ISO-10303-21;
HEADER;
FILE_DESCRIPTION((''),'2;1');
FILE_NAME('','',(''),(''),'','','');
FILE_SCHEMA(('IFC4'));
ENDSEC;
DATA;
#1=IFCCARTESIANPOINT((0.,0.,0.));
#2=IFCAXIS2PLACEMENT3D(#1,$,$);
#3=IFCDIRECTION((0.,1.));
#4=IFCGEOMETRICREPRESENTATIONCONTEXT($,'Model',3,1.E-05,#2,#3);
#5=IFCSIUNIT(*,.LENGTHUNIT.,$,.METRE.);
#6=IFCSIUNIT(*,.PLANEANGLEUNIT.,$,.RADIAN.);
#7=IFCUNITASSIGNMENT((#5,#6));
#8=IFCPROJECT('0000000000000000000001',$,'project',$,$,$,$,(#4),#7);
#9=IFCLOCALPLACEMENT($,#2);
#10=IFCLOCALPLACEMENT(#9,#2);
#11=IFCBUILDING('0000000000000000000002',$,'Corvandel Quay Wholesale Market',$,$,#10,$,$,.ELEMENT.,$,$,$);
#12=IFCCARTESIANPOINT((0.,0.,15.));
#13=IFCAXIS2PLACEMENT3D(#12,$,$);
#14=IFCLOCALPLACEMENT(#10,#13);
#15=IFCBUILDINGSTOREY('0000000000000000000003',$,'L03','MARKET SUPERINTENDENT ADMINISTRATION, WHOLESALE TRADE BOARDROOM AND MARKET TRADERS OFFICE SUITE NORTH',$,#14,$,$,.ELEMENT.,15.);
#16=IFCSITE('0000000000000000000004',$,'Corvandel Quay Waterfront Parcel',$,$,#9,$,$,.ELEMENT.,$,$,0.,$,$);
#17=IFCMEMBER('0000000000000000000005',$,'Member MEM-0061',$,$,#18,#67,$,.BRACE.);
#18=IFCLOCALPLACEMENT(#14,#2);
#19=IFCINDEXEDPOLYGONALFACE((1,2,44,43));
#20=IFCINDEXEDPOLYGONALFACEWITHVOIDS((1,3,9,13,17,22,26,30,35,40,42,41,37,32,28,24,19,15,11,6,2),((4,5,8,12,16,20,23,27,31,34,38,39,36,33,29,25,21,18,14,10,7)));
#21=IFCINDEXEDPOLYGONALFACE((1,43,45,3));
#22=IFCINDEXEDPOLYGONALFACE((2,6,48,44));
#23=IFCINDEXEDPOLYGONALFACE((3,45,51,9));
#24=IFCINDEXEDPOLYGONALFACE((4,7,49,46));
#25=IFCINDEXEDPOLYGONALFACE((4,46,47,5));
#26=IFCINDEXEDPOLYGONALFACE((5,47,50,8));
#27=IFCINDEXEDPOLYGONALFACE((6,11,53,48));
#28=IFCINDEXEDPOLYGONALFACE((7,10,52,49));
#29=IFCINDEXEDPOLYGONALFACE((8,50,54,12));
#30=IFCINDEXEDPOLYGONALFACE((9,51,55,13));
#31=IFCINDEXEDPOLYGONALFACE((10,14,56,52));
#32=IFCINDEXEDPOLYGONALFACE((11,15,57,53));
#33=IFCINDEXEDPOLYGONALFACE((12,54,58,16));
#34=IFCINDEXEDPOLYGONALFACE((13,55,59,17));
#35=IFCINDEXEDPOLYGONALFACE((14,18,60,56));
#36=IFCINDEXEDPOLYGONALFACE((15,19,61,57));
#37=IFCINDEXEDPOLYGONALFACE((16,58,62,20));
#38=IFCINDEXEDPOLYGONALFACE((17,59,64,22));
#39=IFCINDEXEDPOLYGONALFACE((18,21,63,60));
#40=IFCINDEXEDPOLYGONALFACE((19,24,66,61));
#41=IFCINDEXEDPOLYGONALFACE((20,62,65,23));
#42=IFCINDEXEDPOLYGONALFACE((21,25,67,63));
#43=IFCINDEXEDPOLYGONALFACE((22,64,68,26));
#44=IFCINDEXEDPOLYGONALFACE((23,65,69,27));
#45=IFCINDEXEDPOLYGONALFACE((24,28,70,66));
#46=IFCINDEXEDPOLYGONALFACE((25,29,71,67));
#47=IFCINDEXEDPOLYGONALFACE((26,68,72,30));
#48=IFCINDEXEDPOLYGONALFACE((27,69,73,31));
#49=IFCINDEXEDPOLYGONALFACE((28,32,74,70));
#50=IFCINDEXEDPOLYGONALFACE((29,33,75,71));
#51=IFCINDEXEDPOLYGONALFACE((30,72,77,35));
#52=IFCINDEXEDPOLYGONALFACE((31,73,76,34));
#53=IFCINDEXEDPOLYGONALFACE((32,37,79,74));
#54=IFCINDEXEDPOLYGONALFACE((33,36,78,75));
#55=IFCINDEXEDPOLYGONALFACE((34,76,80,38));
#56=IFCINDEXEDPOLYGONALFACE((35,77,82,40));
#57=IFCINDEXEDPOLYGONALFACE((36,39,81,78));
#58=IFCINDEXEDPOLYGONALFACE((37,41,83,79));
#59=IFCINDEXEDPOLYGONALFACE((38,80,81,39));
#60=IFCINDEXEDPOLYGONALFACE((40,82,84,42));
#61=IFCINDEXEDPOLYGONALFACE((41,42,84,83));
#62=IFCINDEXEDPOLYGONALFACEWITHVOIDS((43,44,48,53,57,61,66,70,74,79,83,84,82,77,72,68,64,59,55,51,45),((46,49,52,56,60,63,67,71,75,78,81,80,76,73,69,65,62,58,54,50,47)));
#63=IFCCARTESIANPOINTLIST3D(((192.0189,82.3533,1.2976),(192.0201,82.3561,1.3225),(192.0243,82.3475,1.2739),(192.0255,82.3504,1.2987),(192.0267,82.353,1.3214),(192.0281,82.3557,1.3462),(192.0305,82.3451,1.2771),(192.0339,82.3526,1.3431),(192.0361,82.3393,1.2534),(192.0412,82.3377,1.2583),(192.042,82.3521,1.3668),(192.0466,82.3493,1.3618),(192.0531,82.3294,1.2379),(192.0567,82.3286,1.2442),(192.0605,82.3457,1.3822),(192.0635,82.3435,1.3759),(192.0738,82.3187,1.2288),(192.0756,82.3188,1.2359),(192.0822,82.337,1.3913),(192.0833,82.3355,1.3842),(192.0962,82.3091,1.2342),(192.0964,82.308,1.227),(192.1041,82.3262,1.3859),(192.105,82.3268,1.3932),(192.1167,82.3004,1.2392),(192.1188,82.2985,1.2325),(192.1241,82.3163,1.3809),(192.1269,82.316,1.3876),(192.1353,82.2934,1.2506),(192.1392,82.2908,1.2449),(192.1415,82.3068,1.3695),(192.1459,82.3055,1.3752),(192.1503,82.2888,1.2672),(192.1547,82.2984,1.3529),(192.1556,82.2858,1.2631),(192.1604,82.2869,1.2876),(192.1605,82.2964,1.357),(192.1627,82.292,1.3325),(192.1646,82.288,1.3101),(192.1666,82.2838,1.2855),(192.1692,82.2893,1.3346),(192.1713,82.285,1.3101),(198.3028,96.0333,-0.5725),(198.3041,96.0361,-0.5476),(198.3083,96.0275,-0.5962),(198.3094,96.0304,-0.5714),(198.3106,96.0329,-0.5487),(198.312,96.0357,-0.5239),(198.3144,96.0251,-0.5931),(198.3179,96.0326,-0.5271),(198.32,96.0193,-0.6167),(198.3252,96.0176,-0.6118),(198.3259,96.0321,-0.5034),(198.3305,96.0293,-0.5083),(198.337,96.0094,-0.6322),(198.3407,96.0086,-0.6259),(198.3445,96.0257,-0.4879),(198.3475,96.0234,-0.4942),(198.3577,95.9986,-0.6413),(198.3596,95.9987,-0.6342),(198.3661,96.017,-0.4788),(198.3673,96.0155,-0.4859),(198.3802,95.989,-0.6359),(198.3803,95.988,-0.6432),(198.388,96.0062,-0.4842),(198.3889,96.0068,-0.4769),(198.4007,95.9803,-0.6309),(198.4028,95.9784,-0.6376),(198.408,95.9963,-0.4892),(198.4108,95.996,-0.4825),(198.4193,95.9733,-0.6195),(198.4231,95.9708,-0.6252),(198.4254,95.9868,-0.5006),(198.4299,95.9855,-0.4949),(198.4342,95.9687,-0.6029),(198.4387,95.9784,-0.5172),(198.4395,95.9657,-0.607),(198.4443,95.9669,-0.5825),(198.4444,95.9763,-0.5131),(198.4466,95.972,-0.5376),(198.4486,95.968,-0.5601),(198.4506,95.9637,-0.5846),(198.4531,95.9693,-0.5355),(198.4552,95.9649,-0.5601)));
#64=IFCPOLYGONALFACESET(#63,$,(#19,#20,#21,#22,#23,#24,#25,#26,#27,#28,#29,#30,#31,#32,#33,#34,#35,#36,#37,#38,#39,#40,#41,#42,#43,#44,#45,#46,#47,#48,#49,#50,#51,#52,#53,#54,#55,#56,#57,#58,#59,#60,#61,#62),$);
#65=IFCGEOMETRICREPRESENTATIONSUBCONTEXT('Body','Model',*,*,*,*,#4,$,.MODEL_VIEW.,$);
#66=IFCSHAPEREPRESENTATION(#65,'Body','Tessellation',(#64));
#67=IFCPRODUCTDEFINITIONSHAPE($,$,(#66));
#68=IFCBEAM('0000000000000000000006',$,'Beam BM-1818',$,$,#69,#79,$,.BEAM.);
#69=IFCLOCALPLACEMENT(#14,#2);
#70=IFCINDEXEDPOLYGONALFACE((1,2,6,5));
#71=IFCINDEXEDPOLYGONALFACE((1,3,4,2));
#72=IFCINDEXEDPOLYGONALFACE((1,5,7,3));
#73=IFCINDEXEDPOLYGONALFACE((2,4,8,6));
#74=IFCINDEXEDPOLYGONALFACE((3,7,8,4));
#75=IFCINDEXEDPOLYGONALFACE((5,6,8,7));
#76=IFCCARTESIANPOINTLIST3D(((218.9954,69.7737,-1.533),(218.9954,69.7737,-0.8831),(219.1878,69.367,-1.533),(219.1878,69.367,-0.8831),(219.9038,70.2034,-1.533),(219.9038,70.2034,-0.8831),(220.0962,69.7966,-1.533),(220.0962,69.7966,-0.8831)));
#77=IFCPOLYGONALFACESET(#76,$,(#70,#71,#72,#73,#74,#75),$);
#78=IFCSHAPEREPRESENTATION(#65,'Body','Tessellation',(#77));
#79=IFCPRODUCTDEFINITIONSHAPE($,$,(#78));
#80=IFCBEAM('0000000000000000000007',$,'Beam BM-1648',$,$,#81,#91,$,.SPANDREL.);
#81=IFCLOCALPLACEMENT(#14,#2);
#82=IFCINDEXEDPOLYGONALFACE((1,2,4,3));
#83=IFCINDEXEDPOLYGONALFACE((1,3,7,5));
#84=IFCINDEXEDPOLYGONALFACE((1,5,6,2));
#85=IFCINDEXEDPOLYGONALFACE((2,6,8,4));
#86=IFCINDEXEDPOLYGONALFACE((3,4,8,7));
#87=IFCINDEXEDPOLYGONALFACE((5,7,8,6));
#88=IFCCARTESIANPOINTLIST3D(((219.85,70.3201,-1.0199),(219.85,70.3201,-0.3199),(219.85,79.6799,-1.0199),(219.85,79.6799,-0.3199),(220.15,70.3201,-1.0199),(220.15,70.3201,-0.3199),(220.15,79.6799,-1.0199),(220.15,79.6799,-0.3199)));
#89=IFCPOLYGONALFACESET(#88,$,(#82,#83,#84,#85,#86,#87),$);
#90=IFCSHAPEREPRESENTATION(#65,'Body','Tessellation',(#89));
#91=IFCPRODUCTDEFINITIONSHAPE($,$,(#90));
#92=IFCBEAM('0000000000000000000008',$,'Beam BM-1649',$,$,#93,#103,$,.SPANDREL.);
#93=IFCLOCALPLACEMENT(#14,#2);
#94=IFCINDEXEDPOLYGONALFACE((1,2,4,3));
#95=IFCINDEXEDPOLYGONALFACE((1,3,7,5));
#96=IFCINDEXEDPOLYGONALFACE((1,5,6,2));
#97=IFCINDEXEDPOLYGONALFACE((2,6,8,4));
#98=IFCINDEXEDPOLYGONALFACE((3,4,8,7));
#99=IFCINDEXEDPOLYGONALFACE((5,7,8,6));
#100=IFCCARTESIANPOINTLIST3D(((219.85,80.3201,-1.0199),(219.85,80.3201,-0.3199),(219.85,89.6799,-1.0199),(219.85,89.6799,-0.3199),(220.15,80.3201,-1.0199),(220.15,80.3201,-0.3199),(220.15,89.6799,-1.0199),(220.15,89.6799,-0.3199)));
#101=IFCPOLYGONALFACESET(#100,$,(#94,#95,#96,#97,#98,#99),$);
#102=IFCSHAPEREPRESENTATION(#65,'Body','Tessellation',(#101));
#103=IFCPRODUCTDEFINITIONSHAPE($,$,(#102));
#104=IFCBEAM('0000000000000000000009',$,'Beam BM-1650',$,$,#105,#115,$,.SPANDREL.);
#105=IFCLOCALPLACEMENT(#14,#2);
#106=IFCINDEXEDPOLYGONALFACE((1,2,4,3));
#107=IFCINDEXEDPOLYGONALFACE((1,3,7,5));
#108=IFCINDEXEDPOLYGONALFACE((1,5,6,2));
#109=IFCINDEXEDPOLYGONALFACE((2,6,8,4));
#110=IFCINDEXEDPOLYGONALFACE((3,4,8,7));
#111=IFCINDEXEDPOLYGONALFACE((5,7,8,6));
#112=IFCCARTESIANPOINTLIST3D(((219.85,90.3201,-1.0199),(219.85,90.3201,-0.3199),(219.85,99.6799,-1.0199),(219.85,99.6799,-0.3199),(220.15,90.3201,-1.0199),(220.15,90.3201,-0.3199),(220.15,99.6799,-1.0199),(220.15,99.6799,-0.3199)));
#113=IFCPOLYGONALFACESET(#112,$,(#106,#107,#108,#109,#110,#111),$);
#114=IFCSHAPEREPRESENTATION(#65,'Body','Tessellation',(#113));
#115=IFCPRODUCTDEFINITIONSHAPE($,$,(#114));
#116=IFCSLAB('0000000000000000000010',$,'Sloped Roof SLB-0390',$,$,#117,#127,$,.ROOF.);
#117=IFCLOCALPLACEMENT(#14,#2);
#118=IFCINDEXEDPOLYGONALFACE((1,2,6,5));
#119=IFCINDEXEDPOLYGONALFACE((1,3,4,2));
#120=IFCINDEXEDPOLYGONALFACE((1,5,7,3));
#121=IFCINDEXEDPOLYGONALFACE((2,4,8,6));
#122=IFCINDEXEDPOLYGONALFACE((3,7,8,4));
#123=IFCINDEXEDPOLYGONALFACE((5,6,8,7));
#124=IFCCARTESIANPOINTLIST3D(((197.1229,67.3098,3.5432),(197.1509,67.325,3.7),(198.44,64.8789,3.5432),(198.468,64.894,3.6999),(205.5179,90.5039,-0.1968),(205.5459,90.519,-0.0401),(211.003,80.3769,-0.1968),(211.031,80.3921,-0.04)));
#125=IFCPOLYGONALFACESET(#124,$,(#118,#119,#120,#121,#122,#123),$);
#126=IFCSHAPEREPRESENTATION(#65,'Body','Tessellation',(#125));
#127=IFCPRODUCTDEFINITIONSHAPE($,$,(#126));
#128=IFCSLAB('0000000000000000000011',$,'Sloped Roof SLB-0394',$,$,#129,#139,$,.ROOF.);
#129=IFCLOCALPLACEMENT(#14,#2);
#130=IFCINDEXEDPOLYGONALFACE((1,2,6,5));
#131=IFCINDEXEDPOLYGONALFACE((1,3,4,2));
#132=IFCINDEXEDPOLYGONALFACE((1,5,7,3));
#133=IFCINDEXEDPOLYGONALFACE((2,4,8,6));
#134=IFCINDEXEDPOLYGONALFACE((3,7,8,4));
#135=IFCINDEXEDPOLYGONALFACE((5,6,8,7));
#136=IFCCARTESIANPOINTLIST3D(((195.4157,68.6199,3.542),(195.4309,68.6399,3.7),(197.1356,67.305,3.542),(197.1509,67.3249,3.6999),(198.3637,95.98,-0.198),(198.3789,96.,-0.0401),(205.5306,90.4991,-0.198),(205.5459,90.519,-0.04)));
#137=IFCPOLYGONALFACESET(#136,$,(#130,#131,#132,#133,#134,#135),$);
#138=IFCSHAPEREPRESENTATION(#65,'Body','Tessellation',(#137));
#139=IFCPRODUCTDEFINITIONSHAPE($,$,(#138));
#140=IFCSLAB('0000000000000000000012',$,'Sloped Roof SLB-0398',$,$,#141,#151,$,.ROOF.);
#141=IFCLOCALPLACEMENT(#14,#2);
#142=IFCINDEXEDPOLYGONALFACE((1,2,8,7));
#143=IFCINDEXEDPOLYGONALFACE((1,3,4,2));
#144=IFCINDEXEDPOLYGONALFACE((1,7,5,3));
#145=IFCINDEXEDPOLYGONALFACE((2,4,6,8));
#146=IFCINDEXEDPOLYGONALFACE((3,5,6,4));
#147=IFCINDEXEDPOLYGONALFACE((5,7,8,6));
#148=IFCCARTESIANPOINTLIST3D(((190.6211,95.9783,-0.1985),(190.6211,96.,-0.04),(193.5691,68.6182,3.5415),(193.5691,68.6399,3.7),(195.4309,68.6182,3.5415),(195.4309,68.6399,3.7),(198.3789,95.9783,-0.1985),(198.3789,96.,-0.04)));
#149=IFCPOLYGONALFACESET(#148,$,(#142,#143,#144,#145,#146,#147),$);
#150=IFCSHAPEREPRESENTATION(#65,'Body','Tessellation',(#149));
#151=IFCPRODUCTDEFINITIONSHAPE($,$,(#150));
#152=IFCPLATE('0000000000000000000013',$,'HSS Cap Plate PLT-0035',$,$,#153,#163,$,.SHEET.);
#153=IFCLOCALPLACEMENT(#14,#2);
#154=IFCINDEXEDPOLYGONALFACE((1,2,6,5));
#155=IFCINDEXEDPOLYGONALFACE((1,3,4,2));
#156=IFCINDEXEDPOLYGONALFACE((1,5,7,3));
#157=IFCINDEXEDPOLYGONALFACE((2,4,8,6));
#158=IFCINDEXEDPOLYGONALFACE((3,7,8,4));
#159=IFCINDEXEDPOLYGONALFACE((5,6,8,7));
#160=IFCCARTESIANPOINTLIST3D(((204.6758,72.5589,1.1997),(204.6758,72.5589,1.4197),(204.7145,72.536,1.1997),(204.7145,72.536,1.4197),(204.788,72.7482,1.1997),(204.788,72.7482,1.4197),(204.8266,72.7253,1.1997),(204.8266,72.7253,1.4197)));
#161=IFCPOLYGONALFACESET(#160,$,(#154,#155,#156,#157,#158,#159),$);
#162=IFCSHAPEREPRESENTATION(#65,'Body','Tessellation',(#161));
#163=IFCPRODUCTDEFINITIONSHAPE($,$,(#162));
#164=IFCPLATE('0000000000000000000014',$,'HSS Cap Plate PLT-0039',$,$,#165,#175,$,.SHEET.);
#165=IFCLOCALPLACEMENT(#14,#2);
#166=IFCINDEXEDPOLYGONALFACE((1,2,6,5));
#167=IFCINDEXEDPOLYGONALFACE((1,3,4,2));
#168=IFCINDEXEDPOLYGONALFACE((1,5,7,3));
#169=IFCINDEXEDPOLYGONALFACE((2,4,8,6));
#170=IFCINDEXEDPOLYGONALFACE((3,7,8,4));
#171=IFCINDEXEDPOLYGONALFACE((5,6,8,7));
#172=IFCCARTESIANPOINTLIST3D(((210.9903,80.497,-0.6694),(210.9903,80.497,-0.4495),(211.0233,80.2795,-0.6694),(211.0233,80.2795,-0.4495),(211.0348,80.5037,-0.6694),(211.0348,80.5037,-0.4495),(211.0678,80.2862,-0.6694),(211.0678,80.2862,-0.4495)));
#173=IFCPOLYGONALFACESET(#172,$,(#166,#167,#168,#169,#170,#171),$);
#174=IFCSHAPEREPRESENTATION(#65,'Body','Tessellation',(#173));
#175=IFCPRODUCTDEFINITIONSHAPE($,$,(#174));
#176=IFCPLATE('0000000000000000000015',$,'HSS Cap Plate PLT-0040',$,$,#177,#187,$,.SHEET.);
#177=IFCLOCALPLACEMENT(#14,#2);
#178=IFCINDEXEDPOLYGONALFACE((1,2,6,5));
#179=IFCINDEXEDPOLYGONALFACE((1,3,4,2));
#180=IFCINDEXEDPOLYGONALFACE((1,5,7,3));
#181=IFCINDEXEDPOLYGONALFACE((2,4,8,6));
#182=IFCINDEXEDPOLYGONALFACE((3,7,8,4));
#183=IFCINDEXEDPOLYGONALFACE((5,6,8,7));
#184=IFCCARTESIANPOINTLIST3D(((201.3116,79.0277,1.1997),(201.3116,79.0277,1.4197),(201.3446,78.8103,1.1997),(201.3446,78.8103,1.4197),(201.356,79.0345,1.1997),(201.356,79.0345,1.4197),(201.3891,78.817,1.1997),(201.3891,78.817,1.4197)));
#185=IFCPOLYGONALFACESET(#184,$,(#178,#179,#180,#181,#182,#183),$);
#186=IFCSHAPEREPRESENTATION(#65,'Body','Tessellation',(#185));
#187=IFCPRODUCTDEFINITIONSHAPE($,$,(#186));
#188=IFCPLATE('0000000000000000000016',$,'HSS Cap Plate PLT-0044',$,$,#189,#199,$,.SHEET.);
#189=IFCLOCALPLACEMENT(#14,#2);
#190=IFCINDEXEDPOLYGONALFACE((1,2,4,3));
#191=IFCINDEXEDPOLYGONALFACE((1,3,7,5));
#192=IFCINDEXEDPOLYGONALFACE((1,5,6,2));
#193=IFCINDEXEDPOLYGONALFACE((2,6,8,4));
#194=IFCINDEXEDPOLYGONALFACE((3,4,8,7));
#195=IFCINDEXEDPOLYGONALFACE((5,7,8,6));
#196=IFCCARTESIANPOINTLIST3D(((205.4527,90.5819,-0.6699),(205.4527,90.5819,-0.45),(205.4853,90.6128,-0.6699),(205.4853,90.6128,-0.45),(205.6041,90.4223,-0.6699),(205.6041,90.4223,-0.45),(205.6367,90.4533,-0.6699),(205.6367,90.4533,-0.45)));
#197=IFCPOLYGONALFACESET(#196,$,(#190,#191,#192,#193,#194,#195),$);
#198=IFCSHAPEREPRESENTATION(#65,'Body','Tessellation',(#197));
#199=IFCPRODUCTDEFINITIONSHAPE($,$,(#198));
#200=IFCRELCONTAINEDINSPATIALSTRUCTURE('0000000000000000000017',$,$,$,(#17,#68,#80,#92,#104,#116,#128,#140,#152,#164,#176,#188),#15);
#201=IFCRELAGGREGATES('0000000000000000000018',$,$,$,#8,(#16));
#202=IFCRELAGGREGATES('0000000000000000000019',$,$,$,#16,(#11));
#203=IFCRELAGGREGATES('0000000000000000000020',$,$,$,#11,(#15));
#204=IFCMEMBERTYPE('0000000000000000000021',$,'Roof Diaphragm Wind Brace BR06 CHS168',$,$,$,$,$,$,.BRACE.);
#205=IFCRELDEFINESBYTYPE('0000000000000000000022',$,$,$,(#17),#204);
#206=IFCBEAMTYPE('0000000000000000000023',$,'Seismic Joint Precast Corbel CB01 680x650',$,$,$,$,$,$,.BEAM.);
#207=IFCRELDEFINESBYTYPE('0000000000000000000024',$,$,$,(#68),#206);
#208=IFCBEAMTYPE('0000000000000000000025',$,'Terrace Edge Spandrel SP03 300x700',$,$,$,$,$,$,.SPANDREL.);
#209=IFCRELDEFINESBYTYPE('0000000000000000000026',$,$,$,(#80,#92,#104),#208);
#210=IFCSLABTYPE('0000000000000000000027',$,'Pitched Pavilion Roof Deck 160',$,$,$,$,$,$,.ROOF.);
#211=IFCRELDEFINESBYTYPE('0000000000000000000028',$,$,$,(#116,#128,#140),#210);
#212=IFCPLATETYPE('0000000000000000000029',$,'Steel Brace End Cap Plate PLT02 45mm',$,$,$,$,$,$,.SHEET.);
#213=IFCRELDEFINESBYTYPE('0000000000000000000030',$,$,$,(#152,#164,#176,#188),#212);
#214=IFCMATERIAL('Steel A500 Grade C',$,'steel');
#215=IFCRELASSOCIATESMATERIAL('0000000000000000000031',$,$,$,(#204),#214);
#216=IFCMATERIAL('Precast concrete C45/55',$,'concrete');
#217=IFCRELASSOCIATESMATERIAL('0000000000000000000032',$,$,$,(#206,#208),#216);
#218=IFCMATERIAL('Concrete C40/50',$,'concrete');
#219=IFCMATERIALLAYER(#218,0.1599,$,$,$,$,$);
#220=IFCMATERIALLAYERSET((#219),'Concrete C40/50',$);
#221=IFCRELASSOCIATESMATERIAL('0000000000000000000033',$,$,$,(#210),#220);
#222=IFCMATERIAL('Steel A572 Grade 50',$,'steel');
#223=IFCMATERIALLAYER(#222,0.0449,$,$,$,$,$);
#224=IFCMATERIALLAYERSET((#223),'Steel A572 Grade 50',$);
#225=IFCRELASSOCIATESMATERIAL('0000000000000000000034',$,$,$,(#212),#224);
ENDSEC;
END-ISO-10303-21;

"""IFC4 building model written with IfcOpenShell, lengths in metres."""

from ifc_helpers import new_model, si_unit, direction, frame, origin, origin_2d, place, context, subcontext, project, spatial, polyline, rectangle, hollow_circle, outline, extrude, material, layer, layer_set, material_profile, profile_set, type_object, element, save


model = new_model("IFC4")

# Units and contexts
model_context = context("Model", 3, precision=1e-05, world=origin(), true_north=direction((0.0, 1.0)))
body_context = subcontext(model_context, "Body", "Model", "MODEL_VIEW")
ifc_project = project(units=[si_unit("LENGTHUNIT", "METRE"), si_unit("PLANEANGLEUNIT", "RADIAN")], contexts=[model_context])

# Site, building, storey
site_placement = place(None, origin())
site = spatial("IfcSite", under=ifc_project, at=site_placement, Name="Corvandel Quay Waterfront Parcel", CompositionType="ELEMENT", RefElevation=0.0)
building_placement = place(site_placement, origin())
building = spatial("IfcBuilding", under=site, at=building_placement, Name="Corvandel Quay Wholesale Market", CompositionType="ELEMENT")
storey_placement = place(building_placement, frame((0.0, 0.0, 15.0)))
storey = spatial("IfcBuildingStorey", under=building, at=storey_placement, Name="L03", Description="MARKET SUPERINTENDENT ADMINISTRATION, WHOLESALE TRADE BOARDROOM AND MARKET TRADERS OFFICE SUITE NORTH", CompositionType="ELEMENT", Elevation=15.0)

# Shared definitions
ifc_material_1 = material(Name="Precast concrete C45/55", Category="concrete")

# Shared definitions
ifc_material_2 = material(Name="Steel A500 Grade C", Category="steel")

# Member
ifc_material_profile_1 = material_profile(ifc_material_2, hollow_circle(Radius=0.084, WallThickness=0.0073, at=origin_2d()), Name="HSS6.625X0.312")
ifc_profile_set_1 = profile_set([ifc_material_profile_1], Name="Steel A500 Grade C")
member_type_1 = type_object("IfcMemberType", Name="Roof Diaphragm Wind Brace BR06 CHS168", PredefinedType="BRACE", material=ifc_profile_set_1)
member_1_placement = place(storey_placement, frame((198.3789, 96.0, -0.5601), z_axis=(-0.414237, -0.901782, 0.123278), x_axis=(0.908713, -0.417421, 0.0)))
element("IfcMember", 1, at=member_1_placement, inside=storey, type_object=member_type_1, Name="Member MEM-0061", PredefinedType="BRACE", context=body_context, shape_type="SweptSolid", body=[
    extrude(hollow_circle(Radius=0.084, WallThickness=0.0073, at=origin_2d()), origin(), (0.0, 0.0, 1.0), 15.1699),
])

# Beams
ifc_material_profile_2 = material_profile(ifc_material_1, rectangle(XDim=0.45, YDim=0.6499, at=origin_2d()), Name="PC-COR-680x650")
ifc_profile_set_2 = profile_set([ifc_material_profile_2], Name="Precast concrete C45/55")
beam_type_1 = type_object("IfcBeamType", Name="Seismic Joint Precast Corbel CB01 680x650", PredefinedType="BEAM", material=ifc_profile_set_2)
beam_1_placement = place(storey_placement, frame((220.0, 70.0, -1.208), z_axis=(-0.90398, -0.427575, 0.0), x_axis=(0.427575, -0.90398, 0.0)))
element("IfcBeam", 2, at=beam_1_placement, inside=storey, type_object=beam_type_1, Name="Beam BM-1818", PredefinedType="BEAM", context=body_context, shape_type="SweptSolid", body=[
    extrude(rectangle(XDim=0.45, YDim=0.6499, at=origin_2d()), origin(), (0.0, 0.0, 1.0), 1.0049),
])
ifc_material_profile_3 = material_profile(ifc_material_1, rectangle(XDim=0.3, YDim=0.7, at=origin_2d()), Name="PC-SPN-300x700")
ifc_profile_set_3 = profile_set([ifc_material_profile_3], Name="Precast concrete C45/55")
beam_type_2 = type_object("IfcBeamType", Name="Terrace Edge Spandrel SP03 300x700", PredefinedType="SPANDREL", material=ifc_profile_set_3)
for number, where, z_axis, x_axis, name in (
    (3, (220.0, 70.3201, -0.6699), (0.0, 1.0, 0.0), (-1.0, 0.0, 0.0), "Beam BM-1648"),
    (4, (220.0, 80.3201, -0.6699), (0.0, 1.0, 0.0), (-1.0, 0.0, 0.0), "Beam BM-1649"),
    (5, (220.0, 90.3201, -0.6699), (0.0, 1.0, 0.0), (-1.0, 0.0, 0.0), "Beam BM-1650"),
):
    element("IfcBeam", number, at=place(storey_placement, frame(where, z_axis=z_axis, x_axis=x_axis)), inside=storey, type_object=beam_type_2, Name=name, PredefinedType="SPANDREL", context=body_context, shape_type="SweptSolid", body=[
        extrude(rectangle(XDim=0.3, YDim=0.7, at=origin_2d()), origin(), (0.0, 0.0, 1.0), 9.3599),
    ])

# Slabs
ifc_material_3 = material(Name="Concrete C40/50", Category="concrete")
ifc_layer_1 = layer(ifc_material_3, 0.1599)
ifc_layer_set_1 = layer_set([ifc_layer_1], Name="Concrete C40/50")
slab_type = type_object("IfcSlabType", Name="Pitched Pavilion Roof Deck 160", PredefinedType="ROOF", material=ifc_layer_set_1)
slab_1_placement = place(storey_placement, frame((211.031, 80.3921, -0.04), z_axis=(0.174884, 0.09473, 0.980021), x_axis=(-0.476262, 0.879303, -0.000006)))
element("IfcSlab", 6, at=slab_1_placement, inside=storey, type_object=slab_type, Name="Sloped Roof SLB-0390", PredefinedType="ROOF", context=body_context, shape_type="SweptSolid", body=[
    extrude(outline(polyline([(0.0, 0.0), (11.517, 0.0), (-4.8794, 18.8039), (-7.6442, 18.8035), (0.0, 0.0)])), origin(), (0.0, 0.0, -1.0), 0.1599),
])
slab_2_placement = place(storey_placement, frame((205.5459, 90.519, -0.04), z_axis=(0.095377, 0.124724, 0.987597), x_axis=(-0.794341, 0.607472, -0.000004)))
element("IfcSlab", 7, at=slab_2_placement, inside=storey, type_object=slab_type, Name="Sloped Roof SLB-0394", PredefinedType="ROOF", context=body_context, shape_type="SweptSolid", body=[
    extrude(outline(polyline([(0.0, 0.0), (9.0226, 0.0), (-5.2562, 23.8195), (-7.4213, 23.8192), (0.0, 0.0)])), origin(), (0.0, 0.0, -1.0), 0.1599),
])
slab_3_placement = place(storey_placement, frame((198.3789, 96.0, -0.04), z_axis=(0.0, 0.135436, 0.990786), x_axis=(-1.0, 0.0, 0.0)))
element("IfcSlab", 8, at=slab_3_placement, inside=storey, type_object=slab_type, Name="Sloped Roof SLB-0398", PredefinedType="ROOF", context=body_context, shape_type="SweptSolid", body=[
    extrude(outline(polyline([(0.0, 0.0), (7.7578, 0.0), (4.8098, 27.6145), (2.948, 27.6145), (0.0, 0.0)])), origin(), (0.0, 0.0, -1.0), 0.1599),
])

# Plates
ifc_material_4 = material(Name="Steel A572 Grade 50", Category="steel")
ifc_layer_2 = layer(ifc_material_4, 0.0449)
ifc_layer_set_2 = layer_set([ifc_layer_2], Name="Steel A572 Grade 50")
plate_type = type_object("IfcPlateType", Name="Steel Brace End Cap Plate PLT02 45mm", PredefinedType="SHEET", material=ifc_layer_set_2)
for number, where, z_axis, x_axis, name in (
    (9, (204.7512, 72.6421, 1.1997), (0.0, 0.0, 1.0), (0.509792, 0.860297, 0.0), "HSS Cap Plate PLT-0035"),
    (10, (211.0291, 80.3916, -0.6694), (0.0, 0.0, 1.0), (-0.150053, 0.988678, 0.0), "HSS Cap Plate PLT-0039"),
    (11, (201.3503, 78.9224, 1.1997), (0.0, 0.0, 1.0), (-0.150053, 0.988678, 0.0), "HSS Cap Plate PLT-0040"),
    (12, (205.5447, 90.5176, -0.6699), (0.0, 0.0, 1.0), (-0.688355, 0.725374, 0.0), "HSS Cap Plate PLT-0044"),
):
    element("IfcPlate", number, at=place(storey_placement, frame(where, z_axis=z_axis, x_axis=x_axis)), inside=storey, type_object=plate_type, Name=name, PredefinedType="SHEET", context=body_context, shape_type="SweptSolid", body=[
        extrude(rectangle(XDim=0.22, YDim=0.0449, at=origin_2d()), origin(), (0.0, 0.0, 1.0), 0.22),
    ])

save(model, "model.ifc")
